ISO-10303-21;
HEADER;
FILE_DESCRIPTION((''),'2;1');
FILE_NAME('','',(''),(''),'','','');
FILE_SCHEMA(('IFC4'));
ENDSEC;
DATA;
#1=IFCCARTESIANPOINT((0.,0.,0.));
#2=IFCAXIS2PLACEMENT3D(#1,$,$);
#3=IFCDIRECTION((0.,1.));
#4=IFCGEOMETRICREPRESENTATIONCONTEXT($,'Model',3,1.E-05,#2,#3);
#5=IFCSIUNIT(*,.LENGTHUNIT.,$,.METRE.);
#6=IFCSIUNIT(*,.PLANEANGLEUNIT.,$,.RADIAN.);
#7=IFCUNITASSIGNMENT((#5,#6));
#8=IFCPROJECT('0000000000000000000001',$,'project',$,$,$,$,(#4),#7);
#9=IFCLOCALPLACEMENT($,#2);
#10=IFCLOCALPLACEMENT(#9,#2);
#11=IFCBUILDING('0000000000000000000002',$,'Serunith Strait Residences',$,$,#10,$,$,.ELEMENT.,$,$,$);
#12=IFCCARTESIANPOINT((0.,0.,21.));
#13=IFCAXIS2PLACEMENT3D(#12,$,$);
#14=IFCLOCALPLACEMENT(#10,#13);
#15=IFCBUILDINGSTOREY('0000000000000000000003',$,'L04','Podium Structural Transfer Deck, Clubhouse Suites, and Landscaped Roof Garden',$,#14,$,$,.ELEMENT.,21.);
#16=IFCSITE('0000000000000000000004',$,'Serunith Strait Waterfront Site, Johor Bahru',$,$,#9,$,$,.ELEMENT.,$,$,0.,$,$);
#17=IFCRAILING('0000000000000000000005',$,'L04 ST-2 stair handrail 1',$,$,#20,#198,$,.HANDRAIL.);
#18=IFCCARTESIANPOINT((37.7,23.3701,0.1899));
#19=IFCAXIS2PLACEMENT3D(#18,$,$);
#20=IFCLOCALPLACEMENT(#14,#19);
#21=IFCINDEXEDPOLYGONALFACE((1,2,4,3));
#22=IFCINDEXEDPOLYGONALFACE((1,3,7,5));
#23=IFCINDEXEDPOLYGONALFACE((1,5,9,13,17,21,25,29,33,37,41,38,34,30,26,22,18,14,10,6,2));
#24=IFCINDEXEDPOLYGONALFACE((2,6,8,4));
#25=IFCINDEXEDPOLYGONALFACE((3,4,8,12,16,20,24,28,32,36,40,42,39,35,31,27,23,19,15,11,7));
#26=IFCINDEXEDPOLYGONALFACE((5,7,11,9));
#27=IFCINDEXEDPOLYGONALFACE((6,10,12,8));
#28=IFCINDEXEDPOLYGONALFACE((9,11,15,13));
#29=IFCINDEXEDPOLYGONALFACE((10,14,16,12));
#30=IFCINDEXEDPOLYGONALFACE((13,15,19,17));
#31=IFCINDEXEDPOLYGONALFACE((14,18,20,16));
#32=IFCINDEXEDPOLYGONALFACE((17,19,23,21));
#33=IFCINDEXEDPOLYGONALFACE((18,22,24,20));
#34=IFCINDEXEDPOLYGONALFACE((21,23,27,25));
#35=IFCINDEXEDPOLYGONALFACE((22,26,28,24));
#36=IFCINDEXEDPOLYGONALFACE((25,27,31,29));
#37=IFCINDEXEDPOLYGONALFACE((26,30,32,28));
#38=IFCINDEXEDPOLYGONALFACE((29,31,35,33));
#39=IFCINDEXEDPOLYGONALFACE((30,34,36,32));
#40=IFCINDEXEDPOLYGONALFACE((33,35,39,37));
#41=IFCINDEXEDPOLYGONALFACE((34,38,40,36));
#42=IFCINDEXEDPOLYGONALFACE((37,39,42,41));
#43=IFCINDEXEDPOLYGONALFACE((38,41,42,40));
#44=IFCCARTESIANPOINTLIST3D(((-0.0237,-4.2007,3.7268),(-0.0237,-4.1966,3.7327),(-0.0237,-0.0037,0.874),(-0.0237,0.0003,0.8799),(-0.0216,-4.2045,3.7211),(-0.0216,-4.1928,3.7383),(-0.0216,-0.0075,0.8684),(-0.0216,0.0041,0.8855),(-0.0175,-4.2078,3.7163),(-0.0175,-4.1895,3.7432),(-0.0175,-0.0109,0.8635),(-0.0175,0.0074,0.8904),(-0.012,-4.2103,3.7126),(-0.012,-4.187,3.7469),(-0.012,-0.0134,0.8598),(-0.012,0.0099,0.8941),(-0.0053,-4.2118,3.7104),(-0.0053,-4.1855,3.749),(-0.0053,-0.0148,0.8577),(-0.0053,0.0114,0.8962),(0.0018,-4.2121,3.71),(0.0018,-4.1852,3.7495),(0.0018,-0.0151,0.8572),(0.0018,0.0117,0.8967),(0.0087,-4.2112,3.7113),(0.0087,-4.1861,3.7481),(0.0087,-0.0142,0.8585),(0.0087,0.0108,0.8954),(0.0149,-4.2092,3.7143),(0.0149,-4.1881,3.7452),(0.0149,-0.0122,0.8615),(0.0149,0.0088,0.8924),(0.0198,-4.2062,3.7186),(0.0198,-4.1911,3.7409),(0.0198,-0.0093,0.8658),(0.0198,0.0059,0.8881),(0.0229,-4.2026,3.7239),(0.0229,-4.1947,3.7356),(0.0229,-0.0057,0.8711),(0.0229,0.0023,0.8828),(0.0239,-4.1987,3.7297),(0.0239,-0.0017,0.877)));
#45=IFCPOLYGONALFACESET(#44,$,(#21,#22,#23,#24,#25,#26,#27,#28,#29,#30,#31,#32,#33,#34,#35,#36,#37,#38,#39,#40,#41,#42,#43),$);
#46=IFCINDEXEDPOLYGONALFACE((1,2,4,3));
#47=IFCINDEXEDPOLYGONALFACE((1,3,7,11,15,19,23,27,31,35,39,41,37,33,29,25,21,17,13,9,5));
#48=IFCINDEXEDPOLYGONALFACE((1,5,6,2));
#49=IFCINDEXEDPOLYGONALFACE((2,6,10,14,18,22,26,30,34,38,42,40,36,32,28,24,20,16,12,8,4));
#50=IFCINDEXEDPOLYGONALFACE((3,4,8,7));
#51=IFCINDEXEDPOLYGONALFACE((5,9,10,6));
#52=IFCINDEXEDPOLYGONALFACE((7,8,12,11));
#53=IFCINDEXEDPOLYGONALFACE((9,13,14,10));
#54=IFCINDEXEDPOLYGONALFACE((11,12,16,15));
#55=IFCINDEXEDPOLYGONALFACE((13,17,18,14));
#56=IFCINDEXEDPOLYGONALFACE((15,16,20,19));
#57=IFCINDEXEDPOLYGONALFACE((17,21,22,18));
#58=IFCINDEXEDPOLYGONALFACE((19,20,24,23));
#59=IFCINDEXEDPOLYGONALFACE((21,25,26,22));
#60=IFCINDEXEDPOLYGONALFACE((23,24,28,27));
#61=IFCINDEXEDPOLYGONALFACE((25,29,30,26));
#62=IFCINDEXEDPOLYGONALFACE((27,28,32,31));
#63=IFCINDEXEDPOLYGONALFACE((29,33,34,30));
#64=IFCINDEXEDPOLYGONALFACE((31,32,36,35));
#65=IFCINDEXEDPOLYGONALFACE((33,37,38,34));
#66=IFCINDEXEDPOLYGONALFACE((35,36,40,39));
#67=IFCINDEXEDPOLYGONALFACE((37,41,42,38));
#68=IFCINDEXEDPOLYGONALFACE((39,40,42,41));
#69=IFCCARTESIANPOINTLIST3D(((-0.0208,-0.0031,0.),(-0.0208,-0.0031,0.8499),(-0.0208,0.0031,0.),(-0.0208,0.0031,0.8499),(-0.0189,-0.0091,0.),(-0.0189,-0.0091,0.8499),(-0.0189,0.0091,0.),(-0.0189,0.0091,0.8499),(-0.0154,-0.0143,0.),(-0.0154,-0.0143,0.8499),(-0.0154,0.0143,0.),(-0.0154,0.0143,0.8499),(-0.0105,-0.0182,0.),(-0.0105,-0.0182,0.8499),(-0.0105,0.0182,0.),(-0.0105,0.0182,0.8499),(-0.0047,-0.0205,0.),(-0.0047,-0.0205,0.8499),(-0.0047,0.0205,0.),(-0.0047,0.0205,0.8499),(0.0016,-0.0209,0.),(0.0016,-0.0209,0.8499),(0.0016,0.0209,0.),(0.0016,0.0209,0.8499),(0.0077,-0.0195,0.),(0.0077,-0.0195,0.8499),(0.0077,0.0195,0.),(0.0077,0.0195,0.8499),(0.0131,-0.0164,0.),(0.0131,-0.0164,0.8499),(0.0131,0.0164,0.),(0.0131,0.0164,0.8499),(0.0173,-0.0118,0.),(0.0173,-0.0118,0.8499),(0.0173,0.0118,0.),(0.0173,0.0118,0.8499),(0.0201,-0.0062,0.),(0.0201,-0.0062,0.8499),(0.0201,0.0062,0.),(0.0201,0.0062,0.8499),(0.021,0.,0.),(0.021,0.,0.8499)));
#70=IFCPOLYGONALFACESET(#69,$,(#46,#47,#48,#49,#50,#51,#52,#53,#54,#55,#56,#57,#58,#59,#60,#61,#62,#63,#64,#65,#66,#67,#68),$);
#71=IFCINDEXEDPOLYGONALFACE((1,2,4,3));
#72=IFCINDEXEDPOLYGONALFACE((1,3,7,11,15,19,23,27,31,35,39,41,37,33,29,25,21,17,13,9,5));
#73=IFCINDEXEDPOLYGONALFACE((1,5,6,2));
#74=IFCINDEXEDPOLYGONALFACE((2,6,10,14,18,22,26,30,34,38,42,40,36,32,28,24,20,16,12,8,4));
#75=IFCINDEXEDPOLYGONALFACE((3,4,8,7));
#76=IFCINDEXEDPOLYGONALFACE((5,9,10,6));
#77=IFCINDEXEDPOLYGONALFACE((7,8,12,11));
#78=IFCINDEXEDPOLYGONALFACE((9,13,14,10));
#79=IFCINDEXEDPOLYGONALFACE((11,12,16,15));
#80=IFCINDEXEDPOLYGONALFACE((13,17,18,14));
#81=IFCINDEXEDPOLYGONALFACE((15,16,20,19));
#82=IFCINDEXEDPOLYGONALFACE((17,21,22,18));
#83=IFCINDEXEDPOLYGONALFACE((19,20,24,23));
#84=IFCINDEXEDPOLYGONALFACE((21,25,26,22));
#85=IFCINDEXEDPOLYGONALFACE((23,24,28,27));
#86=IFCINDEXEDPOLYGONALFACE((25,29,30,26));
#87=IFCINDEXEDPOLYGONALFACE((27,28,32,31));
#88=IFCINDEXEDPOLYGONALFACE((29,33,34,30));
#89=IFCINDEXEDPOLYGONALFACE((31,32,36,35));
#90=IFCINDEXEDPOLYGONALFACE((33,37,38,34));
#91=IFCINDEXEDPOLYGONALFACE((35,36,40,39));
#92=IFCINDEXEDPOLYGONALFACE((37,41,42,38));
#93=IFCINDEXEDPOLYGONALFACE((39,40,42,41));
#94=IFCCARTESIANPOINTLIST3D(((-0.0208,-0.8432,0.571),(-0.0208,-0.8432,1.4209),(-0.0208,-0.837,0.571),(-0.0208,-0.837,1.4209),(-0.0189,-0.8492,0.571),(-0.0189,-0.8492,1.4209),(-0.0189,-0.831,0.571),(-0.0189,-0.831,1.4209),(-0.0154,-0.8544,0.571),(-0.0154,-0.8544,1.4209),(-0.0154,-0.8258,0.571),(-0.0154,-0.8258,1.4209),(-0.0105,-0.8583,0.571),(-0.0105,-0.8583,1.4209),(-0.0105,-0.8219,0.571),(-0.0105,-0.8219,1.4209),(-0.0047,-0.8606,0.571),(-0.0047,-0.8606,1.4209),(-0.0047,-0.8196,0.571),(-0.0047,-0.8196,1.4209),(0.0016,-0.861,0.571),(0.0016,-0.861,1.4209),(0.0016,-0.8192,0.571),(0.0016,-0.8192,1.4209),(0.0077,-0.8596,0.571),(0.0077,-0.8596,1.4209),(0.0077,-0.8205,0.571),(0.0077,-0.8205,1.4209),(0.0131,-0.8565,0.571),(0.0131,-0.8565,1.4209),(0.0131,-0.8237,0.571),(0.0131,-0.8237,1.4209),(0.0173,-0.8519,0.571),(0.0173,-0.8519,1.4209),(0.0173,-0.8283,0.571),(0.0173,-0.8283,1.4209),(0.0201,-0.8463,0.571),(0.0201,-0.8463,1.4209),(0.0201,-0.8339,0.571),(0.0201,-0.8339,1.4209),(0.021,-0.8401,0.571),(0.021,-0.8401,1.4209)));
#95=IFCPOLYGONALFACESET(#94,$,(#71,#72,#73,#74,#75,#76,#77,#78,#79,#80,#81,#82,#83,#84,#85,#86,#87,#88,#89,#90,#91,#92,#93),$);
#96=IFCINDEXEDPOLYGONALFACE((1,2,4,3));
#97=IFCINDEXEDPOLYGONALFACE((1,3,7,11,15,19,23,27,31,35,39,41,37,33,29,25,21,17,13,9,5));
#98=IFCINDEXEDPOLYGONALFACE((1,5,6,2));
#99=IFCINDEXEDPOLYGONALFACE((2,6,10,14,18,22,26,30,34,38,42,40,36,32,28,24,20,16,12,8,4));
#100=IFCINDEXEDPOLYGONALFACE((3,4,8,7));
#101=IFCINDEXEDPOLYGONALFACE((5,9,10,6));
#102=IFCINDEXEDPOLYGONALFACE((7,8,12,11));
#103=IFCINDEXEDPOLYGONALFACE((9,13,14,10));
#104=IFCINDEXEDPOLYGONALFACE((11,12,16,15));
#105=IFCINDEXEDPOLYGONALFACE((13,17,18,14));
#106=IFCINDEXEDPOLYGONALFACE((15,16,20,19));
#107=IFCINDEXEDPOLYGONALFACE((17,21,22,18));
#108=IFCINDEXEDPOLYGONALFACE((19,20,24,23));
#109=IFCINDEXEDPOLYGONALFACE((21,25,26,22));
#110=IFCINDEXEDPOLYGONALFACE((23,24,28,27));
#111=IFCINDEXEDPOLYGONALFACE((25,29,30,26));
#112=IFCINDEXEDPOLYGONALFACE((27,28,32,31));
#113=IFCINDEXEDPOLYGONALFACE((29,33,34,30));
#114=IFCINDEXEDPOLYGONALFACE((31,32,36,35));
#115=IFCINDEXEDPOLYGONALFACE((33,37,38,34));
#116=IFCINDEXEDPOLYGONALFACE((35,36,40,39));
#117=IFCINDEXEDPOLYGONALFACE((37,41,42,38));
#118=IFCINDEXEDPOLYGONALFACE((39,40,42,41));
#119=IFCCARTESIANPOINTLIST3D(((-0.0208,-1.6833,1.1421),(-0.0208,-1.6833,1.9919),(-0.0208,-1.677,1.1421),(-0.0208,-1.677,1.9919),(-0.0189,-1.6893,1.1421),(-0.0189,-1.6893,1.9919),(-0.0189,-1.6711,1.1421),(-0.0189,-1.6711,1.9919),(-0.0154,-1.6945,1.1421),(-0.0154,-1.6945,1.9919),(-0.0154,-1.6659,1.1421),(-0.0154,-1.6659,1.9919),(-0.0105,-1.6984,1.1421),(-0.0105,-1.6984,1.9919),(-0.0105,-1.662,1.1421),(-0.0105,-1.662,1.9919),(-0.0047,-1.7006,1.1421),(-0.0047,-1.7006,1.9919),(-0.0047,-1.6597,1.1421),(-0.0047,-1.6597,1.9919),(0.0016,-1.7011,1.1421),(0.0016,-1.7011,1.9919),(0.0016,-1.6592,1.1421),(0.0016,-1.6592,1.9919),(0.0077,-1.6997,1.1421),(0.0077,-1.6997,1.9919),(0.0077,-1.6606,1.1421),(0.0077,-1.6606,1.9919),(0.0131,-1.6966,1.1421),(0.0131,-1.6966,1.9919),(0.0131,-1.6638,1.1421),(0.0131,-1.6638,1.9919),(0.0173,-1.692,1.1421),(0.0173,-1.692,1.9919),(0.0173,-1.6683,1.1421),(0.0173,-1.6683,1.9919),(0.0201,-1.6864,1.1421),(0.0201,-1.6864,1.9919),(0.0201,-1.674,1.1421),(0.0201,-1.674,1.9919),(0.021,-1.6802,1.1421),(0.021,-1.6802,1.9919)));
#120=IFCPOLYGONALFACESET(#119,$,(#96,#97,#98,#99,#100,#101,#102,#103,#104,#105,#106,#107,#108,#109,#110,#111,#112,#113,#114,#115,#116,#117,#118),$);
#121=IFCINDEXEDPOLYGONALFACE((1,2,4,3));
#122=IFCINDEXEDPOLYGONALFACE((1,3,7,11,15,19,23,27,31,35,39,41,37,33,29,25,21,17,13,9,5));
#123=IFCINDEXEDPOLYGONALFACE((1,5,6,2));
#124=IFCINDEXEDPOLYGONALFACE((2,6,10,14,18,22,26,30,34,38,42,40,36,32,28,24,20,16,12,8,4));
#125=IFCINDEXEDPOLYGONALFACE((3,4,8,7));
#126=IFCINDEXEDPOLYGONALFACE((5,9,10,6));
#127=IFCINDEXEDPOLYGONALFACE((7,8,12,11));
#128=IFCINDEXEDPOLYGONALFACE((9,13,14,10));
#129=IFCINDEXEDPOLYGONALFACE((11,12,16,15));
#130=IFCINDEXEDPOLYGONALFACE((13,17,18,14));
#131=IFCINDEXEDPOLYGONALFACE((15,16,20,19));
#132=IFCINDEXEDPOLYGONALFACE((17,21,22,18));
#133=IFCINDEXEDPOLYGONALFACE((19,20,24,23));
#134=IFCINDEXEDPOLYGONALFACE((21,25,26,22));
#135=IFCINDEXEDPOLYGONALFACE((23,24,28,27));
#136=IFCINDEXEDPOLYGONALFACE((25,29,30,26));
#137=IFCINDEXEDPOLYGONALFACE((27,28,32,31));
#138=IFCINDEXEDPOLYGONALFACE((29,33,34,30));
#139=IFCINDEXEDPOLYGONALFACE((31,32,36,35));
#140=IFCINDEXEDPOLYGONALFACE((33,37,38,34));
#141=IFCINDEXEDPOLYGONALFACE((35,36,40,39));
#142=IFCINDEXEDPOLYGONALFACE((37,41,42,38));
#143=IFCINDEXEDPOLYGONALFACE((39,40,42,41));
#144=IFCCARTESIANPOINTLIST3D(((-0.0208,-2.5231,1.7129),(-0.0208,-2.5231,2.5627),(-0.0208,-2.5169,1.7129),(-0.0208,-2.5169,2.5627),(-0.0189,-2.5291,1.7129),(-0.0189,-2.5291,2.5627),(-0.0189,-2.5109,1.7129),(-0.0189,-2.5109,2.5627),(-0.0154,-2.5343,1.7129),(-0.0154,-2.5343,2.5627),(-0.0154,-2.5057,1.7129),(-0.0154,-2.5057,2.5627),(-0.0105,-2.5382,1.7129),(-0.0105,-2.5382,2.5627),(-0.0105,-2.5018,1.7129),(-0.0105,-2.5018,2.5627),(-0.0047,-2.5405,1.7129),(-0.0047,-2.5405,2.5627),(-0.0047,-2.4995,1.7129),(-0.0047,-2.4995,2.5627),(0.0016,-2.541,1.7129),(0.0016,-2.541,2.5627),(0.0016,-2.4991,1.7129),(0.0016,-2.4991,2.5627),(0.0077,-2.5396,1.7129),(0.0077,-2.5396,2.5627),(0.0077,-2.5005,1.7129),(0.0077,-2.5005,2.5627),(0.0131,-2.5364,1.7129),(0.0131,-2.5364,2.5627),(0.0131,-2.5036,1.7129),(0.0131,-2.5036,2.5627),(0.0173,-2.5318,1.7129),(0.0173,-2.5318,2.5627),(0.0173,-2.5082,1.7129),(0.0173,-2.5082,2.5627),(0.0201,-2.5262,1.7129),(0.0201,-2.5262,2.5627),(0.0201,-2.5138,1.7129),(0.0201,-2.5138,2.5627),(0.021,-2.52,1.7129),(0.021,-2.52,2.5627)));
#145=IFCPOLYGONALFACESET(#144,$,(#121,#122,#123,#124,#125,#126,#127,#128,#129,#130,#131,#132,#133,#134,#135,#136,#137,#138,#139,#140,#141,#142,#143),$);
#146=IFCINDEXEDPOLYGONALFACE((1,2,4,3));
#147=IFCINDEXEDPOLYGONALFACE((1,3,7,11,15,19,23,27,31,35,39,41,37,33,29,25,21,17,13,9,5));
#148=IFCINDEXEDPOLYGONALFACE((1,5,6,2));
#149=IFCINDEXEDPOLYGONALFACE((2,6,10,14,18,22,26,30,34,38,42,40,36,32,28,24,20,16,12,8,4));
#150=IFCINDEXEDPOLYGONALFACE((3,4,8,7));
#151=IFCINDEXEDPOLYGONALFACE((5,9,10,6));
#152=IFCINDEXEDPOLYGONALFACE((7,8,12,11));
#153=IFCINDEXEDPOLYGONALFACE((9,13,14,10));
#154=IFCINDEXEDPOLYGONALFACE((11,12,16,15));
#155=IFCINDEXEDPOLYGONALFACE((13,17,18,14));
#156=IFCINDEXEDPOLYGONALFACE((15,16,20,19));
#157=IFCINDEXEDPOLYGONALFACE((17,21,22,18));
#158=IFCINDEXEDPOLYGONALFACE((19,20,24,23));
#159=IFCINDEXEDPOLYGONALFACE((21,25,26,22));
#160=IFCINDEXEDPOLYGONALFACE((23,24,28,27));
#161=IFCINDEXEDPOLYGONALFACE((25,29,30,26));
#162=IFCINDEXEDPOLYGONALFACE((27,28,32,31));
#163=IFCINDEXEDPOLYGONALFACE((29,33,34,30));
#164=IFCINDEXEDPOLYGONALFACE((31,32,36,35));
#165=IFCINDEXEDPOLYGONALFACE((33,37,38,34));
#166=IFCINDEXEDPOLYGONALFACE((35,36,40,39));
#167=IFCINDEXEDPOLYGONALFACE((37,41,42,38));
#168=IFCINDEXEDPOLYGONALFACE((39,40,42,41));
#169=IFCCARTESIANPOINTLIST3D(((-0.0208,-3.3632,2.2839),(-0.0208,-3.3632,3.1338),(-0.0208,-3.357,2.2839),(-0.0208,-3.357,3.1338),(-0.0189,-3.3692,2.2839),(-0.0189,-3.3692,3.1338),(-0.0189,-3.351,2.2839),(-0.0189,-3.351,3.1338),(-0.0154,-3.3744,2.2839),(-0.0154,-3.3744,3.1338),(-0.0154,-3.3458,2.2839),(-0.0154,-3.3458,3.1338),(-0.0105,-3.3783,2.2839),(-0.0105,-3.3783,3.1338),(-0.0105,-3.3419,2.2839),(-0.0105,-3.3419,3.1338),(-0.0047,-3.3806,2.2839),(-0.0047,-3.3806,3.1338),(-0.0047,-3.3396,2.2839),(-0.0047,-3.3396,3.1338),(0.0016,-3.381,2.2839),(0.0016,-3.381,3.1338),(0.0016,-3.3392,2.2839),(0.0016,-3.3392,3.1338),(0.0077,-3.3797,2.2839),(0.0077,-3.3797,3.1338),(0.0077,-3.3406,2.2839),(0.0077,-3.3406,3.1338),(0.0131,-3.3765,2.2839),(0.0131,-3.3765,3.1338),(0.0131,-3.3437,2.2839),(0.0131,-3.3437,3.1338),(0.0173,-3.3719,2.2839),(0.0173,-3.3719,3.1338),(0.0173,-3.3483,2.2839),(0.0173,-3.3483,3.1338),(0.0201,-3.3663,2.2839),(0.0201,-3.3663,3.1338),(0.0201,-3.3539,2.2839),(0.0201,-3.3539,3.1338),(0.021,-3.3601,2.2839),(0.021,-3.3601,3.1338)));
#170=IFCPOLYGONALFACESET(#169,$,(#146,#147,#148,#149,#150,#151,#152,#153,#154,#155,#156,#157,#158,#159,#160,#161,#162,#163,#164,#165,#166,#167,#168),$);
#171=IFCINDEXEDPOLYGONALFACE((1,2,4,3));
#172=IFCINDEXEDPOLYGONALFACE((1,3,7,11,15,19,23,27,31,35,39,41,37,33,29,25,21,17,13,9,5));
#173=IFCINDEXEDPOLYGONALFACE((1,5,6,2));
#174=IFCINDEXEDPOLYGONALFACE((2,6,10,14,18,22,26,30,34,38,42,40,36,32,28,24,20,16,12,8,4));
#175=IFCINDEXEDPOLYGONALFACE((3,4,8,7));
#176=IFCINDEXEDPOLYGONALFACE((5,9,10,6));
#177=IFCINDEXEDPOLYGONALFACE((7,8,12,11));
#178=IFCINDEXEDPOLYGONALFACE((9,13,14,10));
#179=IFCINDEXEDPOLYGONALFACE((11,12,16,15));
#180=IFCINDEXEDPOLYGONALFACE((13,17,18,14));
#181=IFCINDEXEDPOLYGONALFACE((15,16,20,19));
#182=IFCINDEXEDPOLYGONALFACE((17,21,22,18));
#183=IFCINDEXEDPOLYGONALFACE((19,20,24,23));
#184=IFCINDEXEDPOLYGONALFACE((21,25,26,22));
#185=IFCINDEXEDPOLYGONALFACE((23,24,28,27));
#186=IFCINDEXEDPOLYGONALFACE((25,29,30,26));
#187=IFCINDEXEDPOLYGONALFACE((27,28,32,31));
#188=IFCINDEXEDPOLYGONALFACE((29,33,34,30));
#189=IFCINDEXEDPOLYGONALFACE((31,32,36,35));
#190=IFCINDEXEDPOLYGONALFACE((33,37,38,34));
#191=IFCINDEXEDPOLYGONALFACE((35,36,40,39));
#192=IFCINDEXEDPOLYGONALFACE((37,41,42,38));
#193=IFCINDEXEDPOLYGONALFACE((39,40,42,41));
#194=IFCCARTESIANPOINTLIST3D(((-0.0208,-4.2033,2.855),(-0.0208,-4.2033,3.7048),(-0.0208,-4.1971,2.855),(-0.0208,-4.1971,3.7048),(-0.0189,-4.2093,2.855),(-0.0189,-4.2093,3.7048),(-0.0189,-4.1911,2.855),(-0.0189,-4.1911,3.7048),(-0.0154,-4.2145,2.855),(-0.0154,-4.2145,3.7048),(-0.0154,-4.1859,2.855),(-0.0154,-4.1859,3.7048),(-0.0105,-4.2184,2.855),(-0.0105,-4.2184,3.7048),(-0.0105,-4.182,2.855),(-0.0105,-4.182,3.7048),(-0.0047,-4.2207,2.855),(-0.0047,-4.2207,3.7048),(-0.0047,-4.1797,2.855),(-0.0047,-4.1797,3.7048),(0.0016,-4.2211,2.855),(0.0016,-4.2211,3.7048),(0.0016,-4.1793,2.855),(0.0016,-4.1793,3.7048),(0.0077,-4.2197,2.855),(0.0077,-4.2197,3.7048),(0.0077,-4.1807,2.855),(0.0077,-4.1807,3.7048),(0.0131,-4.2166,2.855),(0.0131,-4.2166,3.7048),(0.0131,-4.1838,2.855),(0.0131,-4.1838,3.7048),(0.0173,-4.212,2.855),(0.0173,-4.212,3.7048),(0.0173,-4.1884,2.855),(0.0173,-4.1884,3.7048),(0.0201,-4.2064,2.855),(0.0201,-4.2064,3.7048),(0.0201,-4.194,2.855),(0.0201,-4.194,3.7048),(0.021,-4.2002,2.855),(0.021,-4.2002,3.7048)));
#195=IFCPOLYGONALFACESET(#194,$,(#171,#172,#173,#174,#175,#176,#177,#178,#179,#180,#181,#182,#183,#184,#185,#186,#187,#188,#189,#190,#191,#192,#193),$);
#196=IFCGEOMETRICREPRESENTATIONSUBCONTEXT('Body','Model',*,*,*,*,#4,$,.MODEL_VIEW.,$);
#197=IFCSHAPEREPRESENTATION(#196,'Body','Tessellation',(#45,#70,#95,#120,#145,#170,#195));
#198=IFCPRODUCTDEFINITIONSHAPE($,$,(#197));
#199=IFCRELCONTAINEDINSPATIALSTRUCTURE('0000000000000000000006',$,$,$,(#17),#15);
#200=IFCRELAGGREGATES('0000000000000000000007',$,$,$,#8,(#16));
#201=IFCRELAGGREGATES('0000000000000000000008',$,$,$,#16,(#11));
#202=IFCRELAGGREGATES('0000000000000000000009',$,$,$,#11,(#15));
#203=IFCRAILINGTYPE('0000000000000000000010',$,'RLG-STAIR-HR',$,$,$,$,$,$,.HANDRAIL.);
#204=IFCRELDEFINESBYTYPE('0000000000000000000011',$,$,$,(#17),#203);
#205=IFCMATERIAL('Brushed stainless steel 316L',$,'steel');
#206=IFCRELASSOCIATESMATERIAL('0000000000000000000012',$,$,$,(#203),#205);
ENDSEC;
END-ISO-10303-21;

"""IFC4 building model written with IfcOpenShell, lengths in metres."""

from ifc_helpers import new_model, si_unit, direction, frame, origin, origin_2d, place, context, subcontext, project, spatial, circle, extrude, material, type_object, element, save


model = new_model("IFC4")

# Units and contexts
model_context = context("Model", 3, precision=1e-05, world=origin(), true_north=direction((0.0, 1.0)))
body_context = subcontext(model_context, "Body", "Model", "MODEL_VIEW")
ifc_project = project(units=[si_unit("LENGTHUNIT", "METRE"), si_unit("PLANEANGLEUNIT", "RADIAN")], contexts=[model_context])

# Site, building, storey
site_placement = place(None, origin())
site = spatial("IfcSite", under=ifc_project, at=site_placement, Name="Serunith Strait Waterfront Site, Johor Bahru", CompositionType="ELEMENT", RefElevation=0.0)
building_placement = place(site_placement, origin())
building = spatial("IfcBuilding", under=site, at=building_placement, Name="Serunith Strait Residences", CompositionType="ELEMENT")
storey_placement = place(building_placement, frame((0.0, 0.0, 21.0)))
storey = spatial("IfcBuildingStorey", under=building, at=storey_placement, Name="L04", Description="Podium Structural Transfer Deck, Clubhouse Suites, and Landscaped Roof Garden", CompositionType="ELEMENT", Elevation=21.0)

# Railing
ifc_material_1 = material(Name="Brushed stainless steel 316L", Category="steel")
railing_type_1 = type_object("IfcRailingType", Name="RLG-STAIR-HR", PredefinedType="HANDRAIL", material=ifc_material_1)
railing_1_placement = place(storey_placement, frame((37.7, 23.3701, 0.1899)))
element("IfcRailing", 1, at=railing_1_placement, inside=storey, type_object=railing_type_1, Name="L04 ST-2 stair handrail 1", PredefinedType="HANDRAIL", context=body_context, shape_type="SweptSolid", body=[
    extrude(circle(Radius=0.0239, at=origin_2d()), frame((0.0, -0.0017, 0.877), z_axis=(0.0, -0.827032, 0.562155), x_axis=(1.0, 0.0, 0.0)), (0.0, 0.0, 1.0), 5.0747),
    extrude(circle(Radius=0.021, at=origin_2d()), origin(), (0.0, 0.0, 1.0), 0.8499),
    extrude(circle(Radius=0.021, at=origin_2d()), frame((0.0, -0.8401, 0.571)), (0.0, 0.0, 1.0), 0.8499),
    extrude(circle(Radius=0.021, at=origin_2d()), frame((0.0, -1.6802, 1.1421)), (0.0, 0.0, 1.0), 0.8499),
    extrude(circle(Radius=0.021, at=origin_2d()), frame((0.0, -2.52, 1.7129)), (0.0, 0.0, 1.0), 0.8499),
    extrude(circle(Radius=0.021, at=origin_2d()), frame((0.0, -3.3601, 2.2839)), (0.0, 0.0, 1.0), 0.8499),
    extrude(circle(Radius=0.021, at=origin_2d()), frame((0.0, -4.2002, 2.855)), (0.0, 0.0, 1.0), 0.8499),
])

save(model, "model.ifc")
